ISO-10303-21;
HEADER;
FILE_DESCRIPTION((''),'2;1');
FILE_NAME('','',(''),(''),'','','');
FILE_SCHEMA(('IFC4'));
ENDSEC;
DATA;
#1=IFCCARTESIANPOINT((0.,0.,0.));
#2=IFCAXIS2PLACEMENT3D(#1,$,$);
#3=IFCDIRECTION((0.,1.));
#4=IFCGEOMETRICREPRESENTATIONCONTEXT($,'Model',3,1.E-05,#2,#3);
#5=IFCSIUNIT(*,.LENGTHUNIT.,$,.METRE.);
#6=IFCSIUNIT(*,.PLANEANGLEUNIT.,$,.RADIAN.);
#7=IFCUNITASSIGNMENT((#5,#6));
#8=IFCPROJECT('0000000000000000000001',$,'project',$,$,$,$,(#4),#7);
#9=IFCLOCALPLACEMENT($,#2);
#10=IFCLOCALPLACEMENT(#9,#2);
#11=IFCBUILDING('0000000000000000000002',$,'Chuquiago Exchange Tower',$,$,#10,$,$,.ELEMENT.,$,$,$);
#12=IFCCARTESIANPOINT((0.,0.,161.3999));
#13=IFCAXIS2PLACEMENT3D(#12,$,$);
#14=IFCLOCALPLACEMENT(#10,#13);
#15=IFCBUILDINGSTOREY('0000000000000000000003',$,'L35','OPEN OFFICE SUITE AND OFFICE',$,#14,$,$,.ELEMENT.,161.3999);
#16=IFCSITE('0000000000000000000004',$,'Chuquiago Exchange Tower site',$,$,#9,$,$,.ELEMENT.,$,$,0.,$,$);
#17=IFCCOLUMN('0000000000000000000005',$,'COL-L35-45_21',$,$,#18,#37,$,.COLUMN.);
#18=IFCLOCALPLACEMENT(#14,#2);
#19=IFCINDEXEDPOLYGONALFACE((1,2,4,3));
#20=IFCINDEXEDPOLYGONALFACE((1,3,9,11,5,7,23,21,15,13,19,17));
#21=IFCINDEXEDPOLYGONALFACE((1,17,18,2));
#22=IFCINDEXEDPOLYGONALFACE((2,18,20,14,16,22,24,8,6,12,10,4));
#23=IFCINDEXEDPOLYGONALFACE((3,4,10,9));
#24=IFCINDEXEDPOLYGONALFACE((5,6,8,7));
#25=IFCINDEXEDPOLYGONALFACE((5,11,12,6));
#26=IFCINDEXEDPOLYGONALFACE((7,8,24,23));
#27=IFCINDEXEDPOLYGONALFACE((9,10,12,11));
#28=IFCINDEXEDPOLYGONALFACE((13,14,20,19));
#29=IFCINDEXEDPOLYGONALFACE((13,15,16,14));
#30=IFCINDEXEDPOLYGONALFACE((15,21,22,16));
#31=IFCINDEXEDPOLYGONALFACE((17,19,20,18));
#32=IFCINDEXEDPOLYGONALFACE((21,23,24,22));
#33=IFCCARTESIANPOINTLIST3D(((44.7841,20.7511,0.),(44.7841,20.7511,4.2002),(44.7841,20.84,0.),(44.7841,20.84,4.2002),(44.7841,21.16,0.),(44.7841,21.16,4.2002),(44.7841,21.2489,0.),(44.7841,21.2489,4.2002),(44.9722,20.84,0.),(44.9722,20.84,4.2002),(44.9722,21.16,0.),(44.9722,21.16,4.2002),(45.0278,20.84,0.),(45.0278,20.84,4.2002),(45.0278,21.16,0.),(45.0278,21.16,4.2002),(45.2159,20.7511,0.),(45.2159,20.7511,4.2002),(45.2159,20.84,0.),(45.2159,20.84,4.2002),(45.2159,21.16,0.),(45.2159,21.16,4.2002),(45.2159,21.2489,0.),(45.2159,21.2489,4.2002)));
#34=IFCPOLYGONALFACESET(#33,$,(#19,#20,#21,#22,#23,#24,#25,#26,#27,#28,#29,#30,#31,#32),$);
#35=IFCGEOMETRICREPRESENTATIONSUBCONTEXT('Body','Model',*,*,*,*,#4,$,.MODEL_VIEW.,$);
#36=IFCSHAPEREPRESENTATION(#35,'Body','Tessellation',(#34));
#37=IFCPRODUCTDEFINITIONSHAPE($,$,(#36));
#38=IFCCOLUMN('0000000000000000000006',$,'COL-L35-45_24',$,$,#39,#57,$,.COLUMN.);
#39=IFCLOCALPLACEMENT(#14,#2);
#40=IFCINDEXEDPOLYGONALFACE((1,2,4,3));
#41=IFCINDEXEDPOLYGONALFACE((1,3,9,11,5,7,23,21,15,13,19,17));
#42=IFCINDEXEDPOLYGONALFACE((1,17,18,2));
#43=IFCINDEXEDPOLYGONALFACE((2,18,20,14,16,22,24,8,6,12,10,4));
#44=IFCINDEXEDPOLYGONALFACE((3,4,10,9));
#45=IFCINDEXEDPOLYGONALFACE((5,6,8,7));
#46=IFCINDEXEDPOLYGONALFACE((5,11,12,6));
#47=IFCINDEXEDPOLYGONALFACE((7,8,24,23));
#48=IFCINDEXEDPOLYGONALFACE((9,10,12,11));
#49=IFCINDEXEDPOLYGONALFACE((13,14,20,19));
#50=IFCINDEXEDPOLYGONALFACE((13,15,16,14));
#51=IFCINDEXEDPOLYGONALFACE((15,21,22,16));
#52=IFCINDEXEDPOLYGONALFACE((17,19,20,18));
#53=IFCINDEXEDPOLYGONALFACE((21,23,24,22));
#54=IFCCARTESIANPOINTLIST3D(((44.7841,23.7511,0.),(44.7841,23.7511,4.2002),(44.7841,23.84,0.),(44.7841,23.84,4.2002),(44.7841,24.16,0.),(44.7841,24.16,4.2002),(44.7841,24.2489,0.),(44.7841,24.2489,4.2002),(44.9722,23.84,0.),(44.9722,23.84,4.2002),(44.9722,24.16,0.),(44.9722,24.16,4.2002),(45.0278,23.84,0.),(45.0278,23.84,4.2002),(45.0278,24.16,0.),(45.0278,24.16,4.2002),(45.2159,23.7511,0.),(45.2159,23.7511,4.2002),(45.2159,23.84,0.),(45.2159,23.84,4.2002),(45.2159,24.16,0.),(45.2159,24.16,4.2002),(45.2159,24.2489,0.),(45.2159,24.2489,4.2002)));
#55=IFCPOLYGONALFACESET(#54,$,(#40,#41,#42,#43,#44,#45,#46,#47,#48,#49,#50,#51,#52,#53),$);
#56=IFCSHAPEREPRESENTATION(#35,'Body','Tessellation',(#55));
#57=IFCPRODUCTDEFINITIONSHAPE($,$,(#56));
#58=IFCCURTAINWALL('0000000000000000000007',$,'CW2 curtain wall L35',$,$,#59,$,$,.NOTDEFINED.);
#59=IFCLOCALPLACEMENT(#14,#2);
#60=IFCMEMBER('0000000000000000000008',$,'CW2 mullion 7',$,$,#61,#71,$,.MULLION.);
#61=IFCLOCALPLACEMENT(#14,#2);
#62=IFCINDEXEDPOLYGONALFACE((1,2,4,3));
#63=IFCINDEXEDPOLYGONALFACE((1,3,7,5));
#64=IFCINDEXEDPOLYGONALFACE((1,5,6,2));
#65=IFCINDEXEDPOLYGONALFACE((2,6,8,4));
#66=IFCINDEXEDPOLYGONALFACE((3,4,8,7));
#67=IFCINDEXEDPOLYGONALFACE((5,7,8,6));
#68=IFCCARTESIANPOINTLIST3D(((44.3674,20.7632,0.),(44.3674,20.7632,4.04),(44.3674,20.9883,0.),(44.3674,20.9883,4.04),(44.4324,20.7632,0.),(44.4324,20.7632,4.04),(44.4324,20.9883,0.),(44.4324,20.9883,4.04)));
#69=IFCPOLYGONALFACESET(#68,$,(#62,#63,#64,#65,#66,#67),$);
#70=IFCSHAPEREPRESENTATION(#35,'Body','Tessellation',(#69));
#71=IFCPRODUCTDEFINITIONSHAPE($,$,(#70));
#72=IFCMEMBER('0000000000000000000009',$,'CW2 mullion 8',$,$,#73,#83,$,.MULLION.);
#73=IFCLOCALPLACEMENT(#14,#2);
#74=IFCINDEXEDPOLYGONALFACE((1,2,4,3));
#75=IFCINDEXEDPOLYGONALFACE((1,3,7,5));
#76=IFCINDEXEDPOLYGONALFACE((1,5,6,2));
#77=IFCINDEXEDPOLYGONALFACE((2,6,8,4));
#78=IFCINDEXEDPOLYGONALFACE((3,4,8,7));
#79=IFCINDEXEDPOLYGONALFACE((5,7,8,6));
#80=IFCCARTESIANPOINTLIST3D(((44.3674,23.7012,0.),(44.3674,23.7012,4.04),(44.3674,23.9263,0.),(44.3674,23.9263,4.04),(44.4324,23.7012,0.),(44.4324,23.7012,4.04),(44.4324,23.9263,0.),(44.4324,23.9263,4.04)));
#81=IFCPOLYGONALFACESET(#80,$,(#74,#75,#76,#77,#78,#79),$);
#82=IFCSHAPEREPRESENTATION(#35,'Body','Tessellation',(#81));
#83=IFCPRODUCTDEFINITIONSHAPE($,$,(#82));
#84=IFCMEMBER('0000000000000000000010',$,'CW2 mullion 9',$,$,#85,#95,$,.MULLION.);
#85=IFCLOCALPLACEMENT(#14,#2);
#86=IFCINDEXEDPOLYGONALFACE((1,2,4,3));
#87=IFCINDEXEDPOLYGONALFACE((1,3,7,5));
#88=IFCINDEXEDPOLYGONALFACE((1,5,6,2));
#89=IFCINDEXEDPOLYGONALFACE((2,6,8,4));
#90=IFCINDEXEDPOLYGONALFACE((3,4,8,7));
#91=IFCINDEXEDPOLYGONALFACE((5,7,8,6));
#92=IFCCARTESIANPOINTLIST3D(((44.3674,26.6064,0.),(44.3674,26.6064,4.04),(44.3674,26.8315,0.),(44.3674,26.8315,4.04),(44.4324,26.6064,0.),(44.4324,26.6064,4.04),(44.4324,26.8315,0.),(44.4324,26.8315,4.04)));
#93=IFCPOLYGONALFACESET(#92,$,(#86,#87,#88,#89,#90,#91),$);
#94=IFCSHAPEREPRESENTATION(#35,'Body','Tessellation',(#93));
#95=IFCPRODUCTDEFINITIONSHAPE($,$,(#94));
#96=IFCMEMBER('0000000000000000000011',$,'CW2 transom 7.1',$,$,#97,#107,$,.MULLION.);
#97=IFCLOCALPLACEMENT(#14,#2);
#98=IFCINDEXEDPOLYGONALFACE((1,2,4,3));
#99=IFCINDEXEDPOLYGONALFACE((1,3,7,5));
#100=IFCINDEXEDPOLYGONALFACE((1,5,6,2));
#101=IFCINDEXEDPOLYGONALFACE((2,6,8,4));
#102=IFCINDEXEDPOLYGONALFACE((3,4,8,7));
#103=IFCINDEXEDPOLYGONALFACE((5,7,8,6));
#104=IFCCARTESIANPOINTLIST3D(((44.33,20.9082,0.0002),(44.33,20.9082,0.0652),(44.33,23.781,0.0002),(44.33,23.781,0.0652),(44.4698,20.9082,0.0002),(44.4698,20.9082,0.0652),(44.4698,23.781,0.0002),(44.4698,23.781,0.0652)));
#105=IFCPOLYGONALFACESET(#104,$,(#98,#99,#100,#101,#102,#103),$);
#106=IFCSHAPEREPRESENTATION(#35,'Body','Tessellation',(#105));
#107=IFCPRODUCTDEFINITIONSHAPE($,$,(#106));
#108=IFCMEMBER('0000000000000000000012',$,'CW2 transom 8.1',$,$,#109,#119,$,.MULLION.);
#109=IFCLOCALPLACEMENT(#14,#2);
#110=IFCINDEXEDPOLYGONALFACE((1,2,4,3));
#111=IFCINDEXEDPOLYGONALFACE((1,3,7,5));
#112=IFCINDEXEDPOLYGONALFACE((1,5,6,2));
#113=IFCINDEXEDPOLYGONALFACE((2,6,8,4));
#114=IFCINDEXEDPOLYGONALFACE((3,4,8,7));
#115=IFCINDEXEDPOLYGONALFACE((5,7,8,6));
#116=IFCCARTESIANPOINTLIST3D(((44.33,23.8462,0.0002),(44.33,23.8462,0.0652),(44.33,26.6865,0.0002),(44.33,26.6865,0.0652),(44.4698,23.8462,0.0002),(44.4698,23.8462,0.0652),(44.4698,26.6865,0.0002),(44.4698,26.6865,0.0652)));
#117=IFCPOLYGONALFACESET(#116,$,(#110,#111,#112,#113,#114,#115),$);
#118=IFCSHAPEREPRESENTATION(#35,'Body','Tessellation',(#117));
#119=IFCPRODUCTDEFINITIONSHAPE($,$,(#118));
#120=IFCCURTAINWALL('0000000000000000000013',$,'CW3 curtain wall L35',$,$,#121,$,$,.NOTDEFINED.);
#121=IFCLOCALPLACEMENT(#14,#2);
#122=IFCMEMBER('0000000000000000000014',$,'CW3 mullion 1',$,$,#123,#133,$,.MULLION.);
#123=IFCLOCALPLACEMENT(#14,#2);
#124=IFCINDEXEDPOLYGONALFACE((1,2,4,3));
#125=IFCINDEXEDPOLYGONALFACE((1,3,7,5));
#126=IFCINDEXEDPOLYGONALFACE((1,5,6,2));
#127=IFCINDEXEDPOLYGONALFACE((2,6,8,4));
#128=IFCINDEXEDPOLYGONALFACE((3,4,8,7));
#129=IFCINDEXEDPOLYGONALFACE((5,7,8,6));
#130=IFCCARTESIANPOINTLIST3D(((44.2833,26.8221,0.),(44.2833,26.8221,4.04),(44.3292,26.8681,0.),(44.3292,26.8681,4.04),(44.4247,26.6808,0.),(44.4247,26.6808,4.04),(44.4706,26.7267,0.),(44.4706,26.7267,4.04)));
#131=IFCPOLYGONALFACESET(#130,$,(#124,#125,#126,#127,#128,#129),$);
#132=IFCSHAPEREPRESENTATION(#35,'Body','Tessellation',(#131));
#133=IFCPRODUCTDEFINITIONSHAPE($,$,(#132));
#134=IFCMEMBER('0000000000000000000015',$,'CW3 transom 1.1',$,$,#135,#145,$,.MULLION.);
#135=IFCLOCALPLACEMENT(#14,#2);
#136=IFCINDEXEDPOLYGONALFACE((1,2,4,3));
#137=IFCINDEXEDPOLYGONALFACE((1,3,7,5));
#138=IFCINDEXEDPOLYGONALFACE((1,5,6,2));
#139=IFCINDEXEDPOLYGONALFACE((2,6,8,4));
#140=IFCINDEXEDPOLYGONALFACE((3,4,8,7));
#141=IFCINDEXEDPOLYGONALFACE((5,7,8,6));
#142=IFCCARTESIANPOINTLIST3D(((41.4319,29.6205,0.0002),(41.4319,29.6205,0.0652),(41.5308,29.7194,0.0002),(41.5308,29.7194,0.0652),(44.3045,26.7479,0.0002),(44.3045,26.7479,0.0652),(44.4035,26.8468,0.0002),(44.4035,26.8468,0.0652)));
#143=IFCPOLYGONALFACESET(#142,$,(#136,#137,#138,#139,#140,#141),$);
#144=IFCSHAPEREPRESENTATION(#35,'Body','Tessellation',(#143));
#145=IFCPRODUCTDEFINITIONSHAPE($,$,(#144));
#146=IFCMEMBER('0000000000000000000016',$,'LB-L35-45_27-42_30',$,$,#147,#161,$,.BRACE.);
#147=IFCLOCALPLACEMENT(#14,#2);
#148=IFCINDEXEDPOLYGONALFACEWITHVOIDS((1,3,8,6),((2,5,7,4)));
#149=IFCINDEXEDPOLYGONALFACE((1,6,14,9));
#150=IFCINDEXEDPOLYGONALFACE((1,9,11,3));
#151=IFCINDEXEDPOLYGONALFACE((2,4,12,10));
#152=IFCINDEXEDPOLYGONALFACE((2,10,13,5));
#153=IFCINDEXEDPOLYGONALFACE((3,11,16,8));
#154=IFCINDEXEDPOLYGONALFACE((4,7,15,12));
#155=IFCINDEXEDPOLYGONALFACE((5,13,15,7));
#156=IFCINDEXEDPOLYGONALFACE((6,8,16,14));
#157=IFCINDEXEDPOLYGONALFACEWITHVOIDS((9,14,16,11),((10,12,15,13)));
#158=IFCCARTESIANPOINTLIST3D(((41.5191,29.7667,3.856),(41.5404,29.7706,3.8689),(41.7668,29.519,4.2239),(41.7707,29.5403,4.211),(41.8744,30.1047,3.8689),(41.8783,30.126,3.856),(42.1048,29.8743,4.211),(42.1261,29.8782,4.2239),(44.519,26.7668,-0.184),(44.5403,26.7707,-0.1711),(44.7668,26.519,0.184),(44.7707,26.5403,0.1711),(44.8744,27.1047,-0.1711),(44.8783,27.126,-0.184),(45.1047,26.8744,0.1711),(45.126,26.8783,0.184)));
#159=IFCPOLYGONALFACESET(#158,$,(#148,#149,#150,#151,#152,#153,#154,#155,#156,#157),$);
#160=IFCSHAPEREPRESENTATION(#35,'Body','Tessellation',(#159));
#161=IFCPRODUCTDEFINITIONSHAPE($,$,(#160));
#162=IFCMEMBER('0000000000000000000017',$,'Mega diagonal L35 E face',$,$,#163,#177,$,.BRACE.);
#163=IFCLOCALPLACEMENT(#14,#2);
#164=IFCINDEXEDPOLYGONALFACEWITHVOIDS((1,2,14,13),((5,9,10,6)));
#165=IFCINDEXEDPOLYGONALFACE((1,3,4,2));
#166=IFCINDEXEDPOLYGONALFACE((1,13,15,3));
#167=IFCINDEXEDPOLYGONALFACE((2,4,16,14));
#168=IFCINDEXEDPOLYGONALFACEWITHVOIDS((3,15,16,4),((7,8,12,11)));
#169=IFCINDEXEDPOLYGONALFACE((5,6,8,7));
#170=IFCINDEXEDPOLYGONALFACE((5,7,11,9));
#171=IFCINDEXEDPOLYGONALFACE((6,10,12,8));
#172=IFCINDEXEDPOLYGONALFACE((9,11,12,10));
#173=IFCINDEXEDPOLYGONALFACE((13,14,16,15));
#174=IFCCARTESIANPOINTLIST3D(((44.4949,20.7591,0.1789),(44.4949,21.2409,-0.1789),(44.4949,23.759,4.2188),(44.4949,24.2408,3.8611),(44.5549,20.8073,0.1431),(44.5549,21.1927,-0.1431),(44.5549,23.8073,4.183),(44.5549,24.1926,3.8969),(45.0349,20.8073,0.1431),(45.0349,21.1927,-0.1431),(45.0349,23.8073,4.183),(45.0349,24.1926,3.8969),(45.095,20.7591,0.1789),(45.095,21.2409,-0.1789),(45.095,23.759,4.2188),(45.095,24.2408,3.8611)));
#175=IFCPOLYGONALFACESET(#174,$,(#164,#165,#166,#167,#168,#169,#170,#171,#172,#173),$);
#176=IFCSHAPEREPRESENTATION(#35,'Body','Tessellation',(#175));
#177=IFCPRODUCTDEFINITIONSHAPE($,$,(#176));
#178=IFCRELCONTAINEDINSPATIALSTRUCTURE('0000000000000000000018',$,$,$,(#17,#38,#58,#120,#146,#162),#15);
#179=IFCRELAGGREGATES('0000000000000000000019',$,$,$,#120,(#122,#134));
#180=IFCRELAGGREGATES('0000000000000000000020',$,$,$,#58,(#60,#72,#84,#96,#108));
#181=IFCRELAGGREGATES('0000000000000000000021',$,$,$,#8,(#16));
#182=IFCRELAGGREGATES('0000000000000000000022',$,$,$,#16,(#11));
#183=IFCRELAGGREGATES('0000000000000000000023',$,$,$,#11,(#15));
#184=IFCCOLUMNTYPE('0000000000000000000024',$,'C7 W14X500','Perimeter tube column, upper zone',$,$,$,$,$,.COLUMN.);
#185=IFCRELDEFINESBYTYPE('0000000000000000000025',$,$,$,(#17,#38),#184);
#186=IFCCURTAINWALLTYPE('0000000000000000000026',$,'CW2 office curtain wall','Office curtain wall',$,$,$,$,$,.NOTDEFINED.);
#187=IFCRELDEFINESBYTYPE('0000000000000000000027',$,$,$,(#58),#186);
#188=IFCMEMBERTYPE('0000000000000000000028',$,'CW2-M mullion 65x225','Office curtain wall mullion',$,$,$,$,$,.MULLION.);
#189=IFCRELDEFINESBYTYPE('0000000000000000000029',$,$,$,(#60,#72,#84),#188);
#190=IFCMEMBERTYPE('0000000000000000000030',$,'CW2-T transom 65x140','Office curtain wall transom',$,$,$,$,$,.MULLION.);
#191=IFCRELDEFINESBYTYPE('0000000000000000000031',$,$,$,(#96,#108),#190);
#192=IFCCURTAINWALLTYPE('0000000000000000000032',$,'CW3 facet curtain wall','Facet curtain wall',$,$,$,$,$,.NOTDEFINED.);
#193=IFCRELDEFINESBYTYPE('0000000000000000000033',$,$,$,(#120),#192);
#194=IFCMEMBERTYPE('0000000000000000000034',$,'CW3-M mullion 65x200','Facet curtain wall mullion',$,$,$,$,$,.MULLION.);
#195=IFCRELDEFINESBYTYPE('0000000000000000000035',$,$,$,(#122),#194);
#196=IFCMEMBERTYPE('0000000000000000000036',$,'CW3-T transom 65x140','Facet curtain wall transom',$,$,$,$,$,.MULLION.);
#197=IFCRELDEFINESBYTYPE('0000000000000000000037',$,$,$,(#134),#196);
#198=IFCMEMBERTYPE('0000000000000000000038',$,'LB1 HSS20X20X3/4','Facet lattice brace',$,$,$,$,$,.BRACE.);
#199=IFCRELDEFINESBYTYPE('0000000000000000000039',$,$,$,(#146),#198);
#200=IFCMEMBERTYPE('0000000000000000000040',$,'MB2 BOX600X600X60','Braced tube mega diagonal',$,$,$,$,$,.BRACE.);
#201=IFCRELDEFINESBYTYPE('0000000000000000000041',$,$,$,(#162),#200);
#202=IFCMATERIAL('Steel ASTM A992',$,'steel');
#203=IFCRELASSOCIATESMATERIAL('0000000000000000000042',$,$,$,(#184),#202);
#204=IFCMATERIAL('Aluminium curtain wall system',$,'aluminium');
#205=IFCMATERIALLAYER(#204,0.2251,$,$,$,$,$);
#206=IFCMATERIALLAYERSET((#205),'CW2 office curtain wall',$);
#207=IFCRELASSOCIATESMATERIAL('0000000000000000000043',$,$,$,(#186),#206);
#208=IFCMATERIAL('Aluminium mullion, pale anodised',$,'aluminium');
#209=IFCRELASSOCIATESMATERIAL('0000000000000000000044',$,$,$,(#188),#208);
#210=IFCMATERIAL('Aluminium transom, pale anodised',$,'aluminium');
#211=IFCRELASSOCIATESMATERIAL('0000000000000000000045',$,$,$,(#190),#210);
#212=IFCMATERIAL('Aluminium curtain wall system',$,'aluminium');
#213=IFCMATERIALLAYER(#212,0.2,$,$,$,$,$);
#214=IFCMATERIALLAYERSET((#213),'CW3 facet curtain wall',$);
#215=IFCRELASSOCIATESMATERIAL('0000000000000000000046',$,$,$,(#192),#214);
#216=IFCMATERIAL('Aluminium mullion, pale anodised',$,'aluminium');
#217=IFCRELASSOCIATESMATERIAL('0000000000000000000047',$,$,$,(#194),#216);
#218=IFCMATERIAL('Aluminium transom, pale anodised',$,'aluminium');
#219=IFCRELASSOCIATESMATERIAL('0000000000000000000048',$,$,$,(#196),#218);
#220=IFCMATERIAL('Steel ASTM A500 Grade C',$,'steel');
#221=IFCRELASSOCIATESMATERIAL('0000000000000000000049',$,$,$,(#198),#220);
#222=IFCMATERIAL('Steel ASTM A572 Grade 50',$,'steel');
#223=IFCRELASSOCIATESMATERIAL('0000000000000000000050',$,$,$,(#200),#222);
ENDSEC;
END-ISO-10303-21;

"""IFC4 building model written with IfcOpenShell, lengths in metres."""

from ifc_helpers import new_model, si_unit, direction, frame, origin, origin_2d, place, context, subcontext, project, spatial, rectangle, hollow_rectangle, i_section, extrude, material, layer, layer_set, material_profile, profile_set, type_object, element, aggregate, save


model = new_model("IFC4")

# Units and contexts
model_context = context("Model", 3, precision=1e-05, world=origin(), true_north=direction((0.0, 1.0)))
body_context = subcontext(model_context, "Body", "Model", "MODEL_VIEW")
ifc_project = project(units=[si_unit("LENGTHUNIT", "METRE"), si_unit("PLANEANGLEUNIT", "RADIAN")], contexts=[model_context])

# Site, building, storey
site_placement = place(None, origin())
site = spatial("IfcSite", under=ifc_project, at=site_placement, Name="Chuquiago Exchange Tower site", CompositionType="ELEMENT", RefElevation=0.0)
building_placement = place(site_placement, origin())
building = spatial("IfcBuilding", under=site, at=building_placement, Name="Chuquiago Exchange Tower", CompositionType="ELEMENT")
storey_placement = place(building_placement, frame((0.0, 0.0, 161.3999)))
storey = spatial("IfcBuildingStorey", under=building, at=storey_placement, Name="L35", Description="OPEN OFFICE SUITE AND OFFICE", CompositionType="ELEMENT", Elevation=161.3999)

# Columns
ifc_material_1 = material(Name="Steel ASTM A992", Category="steel")
ifc_material_profile_1 = material_profile(ifc_material_1, i_section(OverallWidth=0.4319, OverallDepth=0.4978, WebThickness=0.0557, FlangeThickness=0.0889, at=origin_2d()), Name="W14X500")
ifc_profile_set_1 = profile_set([ifc_material_profile_1], Name="Steel ASTM A992")
column_type = type_object("IfcColumnType", Name="C7 W14X500", Description="Perimeter tube column, upper zone", PredefinedType="COLUMN", material=ifc_profile_set_1)
for number, where, z_axis, x_axis, name in (
    (1, (45.0, 21.0, 0.0), (0.0, 0.0, 1.0), (1.0, 0.0, 0.0), "COL-L35-45_21"),
    (2, (45.0, 24.0, 0.0), (0.0, 0.0, 1.0), (1.0, 0.0, 0.0), "COL-L35-45_24"),
):
    element("IfcColumn", number, at=place(storey_placement, frame(where, z_axis=z_axis, x_axis=x_axis)), inside=storey, type_object=column_type, Name=name, PredefinedType="COLUMN", context=body_context, shape_type="SweptSolid", body=[
        extrude(i_section(OverallWidth=0.4319, OverallDepth=0.4978, WebThickness=0.0557, FlangeThickness=0.0889, at=origin_2d()), origin(), (0.0, 0.0, 1.0), 4.2002),
    ])

# Curtain walls, members
ifc_material_2 = material(Name="Aluminium curtain wall system", Category="aluminium")
ifc_layer_1 = layer(ifc_material_2, 0.2251)
ifc_layer_set_1 = layer_set([ifc_layer_1], Name="CW2 office curtain wall")
curtain_wall_type_1 = type_object("IfcCurtainWallType", Name="CW2 office curtain wall", Description="Office curtain wall", PredefinedType="NOTDEFINED", material=ifc_layer_set_1)
curtain_wall_1_placement = place(storey_placement, origin())
curtain_wall_1 = element("IfcCurtainWall", 3, at=curtain_wall_1_placement, inside=storey, type_object=curtain_wall_type_1, Name="CW2 curtain wall L35", PredefinedType="NOTDEFINED")
ifc_material_3 = material(Name="Aluminium mullion, pale anodised", Category="aluminium")
ifc_material_profile_2 = material_profile(ifc_material_3, rectangle(XDim=0.0649, YDim=0.2251, at=origin_2d()), Name="AL 65x225")
ifc_profile_set_2 = profile_set([ifc_material_profile_2], Name="Aluminium mullion, pale anodised")
member_type_1 = type_object("IfcMemberType", Name="CW2-M mullion 65x225", Description="Office curtain wall mullion", PredefinedType="MULLION", material=ifc_profile_set_2)
member_1_placement = place(storey_placement, frame((44.3999, 20.8757, 0.0), z_axis=(0.0, 0.0, 1.0), x_axis=(-1.0, 0.0, 0.0)))
member_1 = element("IfcMember", 4, at=member_1_placement, type_object=member_type_1, Name="CW2 mullion 7", PredefinedType="MULLION", context=body_context, shape_type="SweptSolid", body=[
    extrude(rectangle(XDim=0.0649, YDim=0.2251, at=origin_2d()), origin(), (0.0, 0.0, 1.0), 4.04),
])
member_2_placement = place(storey_placement, frame((44.3999, 23.8137, 0.0), z_axis=(0.0, 0.0, 1.0), x_axis=(-1.0, 0.0, 0.0)))
member_2 = element("IfcMember", 5, at=member_2_placement, type_object=member_type_1, Name="CW2 mullion 8", PredefinedType="MULLION", context=body_context, shape_type="SweptSolid", body=[
    extrude(rectangle(XDim=0.0649, YDim=0.2251, at=origin_2d()), origin(), (0.0, 0.0, 1.0), 4.04),
])
member_3_placement = place(storey_placement, frame((44.3999, 26.719, 0.0), z_axis=(0.0, 0.0, 1.0), x_axis=(-1.0, 0.0, 0.0)))
member_3 = element("IfcMember", 6, at=member_3_placement, type_object=member_type_1, Name="CW2 mullion 9", PredefinedType="MULLION", context=body_context, shape_type="SweptSolid", body=[
    extrude(rectangle(XDim=0.0649, YDim=0.2251, at=origin_2d()), origin(), (0.0, 0.0, 1.0), 4.04),
])
ifc_material_4 = material(Name="Aluminium transom, pale anodised", Category="aluminium")
ifc_material_profile_3 = material_profile(ifc_material_4, rectangle(XDim=0.1399, YDim=0.0649, at=origin_2d()), Name="AL 140x65")
ifc_profile_set_3 = profile_set([ifc_material_profile_3], Name="Aluminium transom, pale anodised")
member_type_2 = type_object("IfcMemberType", Name="CW2-T transom 65x140", Description="Office curtain wall transom", PredefinedType="MULLION", material=ifc_profile_set_3)
member_4_placement = place(storey_placement, frame((44.3999, 20.9082, 0.0327), z_axis=(0.0, 1.0, 0.0), x_axis=(-1.0, 0.0, 0.0)))
member_4 = element("IfcMember", 7, at=member_4_placement, type_object=member_type_2, Name="CW2 transom 7.1", PredefinedType="MULLION", context=body_context, shape_type="SweptSolid", body=[
    extrude(rectangle(XDim=0.1399, YDim=0.0649, at=origin_2d()), origin(), (0.0, 0.0, 1.0), 2.8728),
])
member_5_placement = place(storey_placement, frame((44.3999, 23.8462, 0.0327), z_axis=(0.0, 1.0, 0.0), x_axis=(-1.0, 0.0, 0.0)))
member_5 = element("IfcMember", 8, at=member_5_placement, type_object=member_type_2, Name="CW2 transom 8.1", PredefinedType="MULLION", context=body_context, shape_type="SweptSolid", body=[
    extrude(rectangle(XDim=0.1399, YDim=0.0649, at=origin_2d()), origin(), (0.0, 0.0, 1.0), 2.8403),
])
ifc_material_5 = material(Name="Aluminium curtain wall system", Category="aluminium")
ifc_layer_2 = layer(ifc_material_5, 0.2)
ifc_layer_set_2 = layer_set([ifc_layer_2], Name="CW3 facet curtain wall")
curtain_wall_type_2 = type_object("IfcCurtainWallType", Name="CW3 facet curtain wall", Description="Facet curtain wall", PredefinedType="NOTDEFINED", material=ifc_layer_set_2)
curtain_wall_2_placement = place(storey_placement, origin())
curtain_wall_2 = element("IfcCurtainWall", 9, at=curtain_wall_2_placement, inside=storey, type_object=curtain_wall_type_2, Name="CW3 curtain wall L35", PredefinedType="NOTDEFINED")
ifc_material_6 = material(Name="Aluminium mullion, pale anodised", Category="aluminium")
ifc_material_profile_4 = material_profile(ifc_material_6, rectangle(XDim=0.0649, YDim=0.2, at=origin_2d()), Name="AL 65x200")
ifc_profile_set_4 = profile_set([ifc_material_profile_4], Name="Aluminium mullion, pale anodised")
member_type_3 = type_object("IfcMemberType", Name="CW3-M mullion 65x200", Description="Facet curtain wall mullion", PredefinedType="MULLION", material=ifc_profile_set_4)
member_6_placement = place(storey_placement, frame((44.377, 26.7744, 0.0), z_axis=(0.0, 0.0, 1.0), x_axis=(-0.707107, -0.707107, 0.0)))
member_6 = element("IfcMember", 10, at=member_6_placement, type_object=member_type_3, Name="CW3 mullion 1", PredefinedType="MULLION", context=body_context, shape_type="SweptSolid", body=[
    extrude(rectangle(XDim=0.0649, YDim=0.2, at=origin_2d()), origin(), (0.0, 0.0, 1.0), 4.04),
])
ifc_material_7 = material(Name="Aluminium transom, pale anodised", Category="aluminium")
ifc_material_profile_5 = material_profile(ifc_material_7, rectangle(XDim=0.1399, YDim=0.0649, at=origin_2d()), Name="AL 140x65")
ifc_profile_set_5 = profile_set([ifc_material_profile_5], Name="Aluminium transom, pale anodised")
member_type_4 = type_object("IfcMemberType", Name="CW3-T transom 65x140", Description="Facet curtain wall transom", PredefinedType="MULLION", material=ifc_profile_set_5)
member_7_placement = place(storey_placement, frame((44.354, 26.7974, 0.0327), z_axis=(-0.707107, 0.707107, 0.0), x_axis=(-0.707107, -0.707107, 0.0)))
member_7 = element("IfcMember", 11, at=member_7_placement, type_object=member_type_4, Name="CW3 transom 1.1", PredefinedType="MULLION", context=body_context, shape_type="SweptSolid", body=[
    extrude(rectangle(XDim=0.1399, YDim=0.0649, at=origin_2d()), origin(), (0.0, 0.0, 1.0), 4.0625),
])
aggregate(curtain_wall_2, [member_6, member_7])

# Members
ifc_material_8 = material(Name="Steel ASTM A500 Grade C", Category="steel")
ifc_material_profile_6 = material_profile(ifc_material_8, hollow_rectangle(XDim=0.5081, YDim=0.5081, WallThickness=0.0178, at=origin_2d()), Name="HSS20X20X3/4")
ifc_profile_set_6 = profile_set([ifc_material_profile_6], Name="Steel ASTM A500 Grade C")
member_type_5 = type_object("IfcMemberType", Name="LB1 HSS20X20X3/4", Description="Facet lattice brace", PredefinedType="BRACE", material=ifc_profile_set_6)
member_8_placement = place(storey_placement, frame((44.8225, 26.8225, 0.0), z_axis=(-0.512077, 0.512077, 0.689604), x_axis=(-0.707107, -0.707107, 0.0)))
element("IfcMember", 12, at=member_8_placement, inside=storey, type_object=member_type_5, Name="LB-L35-45_27-42_30", PredefinedType="BRACE", context=body_context, shape_type="SweptSolid", body=[
    extrude(hollow_rectangle(XDim=0.5081, YDim=0.5081, WallThickness=0.0178, at=origin_2d()), origin(), (0.0, 0.0, 1.0), 5.8584),
])
ifc_material_9 = material(Name="Steel ASTM A572 Grade 50", Category="steel")
ifc_material_profile_7 = material_profile(ifc_material_9, hollow_rectangle(XDim=0.6001, YDim=0.6001, WallThickness=0.0601, at=origin_2d()), Name="BOX600X600X60")
ifc_profile_set_7 = profile_set([ifc_material_profile_7], Name="Steel ASTM A572 Grade 50")
member_type_6 = type_object("IfcMemberType", Name="MB2 BOX600X600X60", Description="Braced tube mega diagonal", PredefinedType="BRACE", material=ifc_profile_set_7)
member_9_placement = place(storey_placement, frame((44.7949, 21.0, 0.0), z_axis=(0.0, 0.596174, 0.802855), x_axis=(-1.0, 0.0, 0.0)))
element("IfcMember", 13, at=member_9_placement, inside=storey, type_object=member_type_6, Name="Mega diagonal L35 E face", PredefinedType="BRACE", context=body_context, shape_type="SweptSolid", body=[
    extrude(hollow_rectangle(XDim=0.6001, YDim=0.6001, WallThickness=0.0601, at=origin_2d()), origin(), (0.0, 0.0, 1.0), 5.032),
])

aggregate(curtain_wall_1, [member_1, member_2, member_3, member_4, member_5])

save(model, "model.ifc")
